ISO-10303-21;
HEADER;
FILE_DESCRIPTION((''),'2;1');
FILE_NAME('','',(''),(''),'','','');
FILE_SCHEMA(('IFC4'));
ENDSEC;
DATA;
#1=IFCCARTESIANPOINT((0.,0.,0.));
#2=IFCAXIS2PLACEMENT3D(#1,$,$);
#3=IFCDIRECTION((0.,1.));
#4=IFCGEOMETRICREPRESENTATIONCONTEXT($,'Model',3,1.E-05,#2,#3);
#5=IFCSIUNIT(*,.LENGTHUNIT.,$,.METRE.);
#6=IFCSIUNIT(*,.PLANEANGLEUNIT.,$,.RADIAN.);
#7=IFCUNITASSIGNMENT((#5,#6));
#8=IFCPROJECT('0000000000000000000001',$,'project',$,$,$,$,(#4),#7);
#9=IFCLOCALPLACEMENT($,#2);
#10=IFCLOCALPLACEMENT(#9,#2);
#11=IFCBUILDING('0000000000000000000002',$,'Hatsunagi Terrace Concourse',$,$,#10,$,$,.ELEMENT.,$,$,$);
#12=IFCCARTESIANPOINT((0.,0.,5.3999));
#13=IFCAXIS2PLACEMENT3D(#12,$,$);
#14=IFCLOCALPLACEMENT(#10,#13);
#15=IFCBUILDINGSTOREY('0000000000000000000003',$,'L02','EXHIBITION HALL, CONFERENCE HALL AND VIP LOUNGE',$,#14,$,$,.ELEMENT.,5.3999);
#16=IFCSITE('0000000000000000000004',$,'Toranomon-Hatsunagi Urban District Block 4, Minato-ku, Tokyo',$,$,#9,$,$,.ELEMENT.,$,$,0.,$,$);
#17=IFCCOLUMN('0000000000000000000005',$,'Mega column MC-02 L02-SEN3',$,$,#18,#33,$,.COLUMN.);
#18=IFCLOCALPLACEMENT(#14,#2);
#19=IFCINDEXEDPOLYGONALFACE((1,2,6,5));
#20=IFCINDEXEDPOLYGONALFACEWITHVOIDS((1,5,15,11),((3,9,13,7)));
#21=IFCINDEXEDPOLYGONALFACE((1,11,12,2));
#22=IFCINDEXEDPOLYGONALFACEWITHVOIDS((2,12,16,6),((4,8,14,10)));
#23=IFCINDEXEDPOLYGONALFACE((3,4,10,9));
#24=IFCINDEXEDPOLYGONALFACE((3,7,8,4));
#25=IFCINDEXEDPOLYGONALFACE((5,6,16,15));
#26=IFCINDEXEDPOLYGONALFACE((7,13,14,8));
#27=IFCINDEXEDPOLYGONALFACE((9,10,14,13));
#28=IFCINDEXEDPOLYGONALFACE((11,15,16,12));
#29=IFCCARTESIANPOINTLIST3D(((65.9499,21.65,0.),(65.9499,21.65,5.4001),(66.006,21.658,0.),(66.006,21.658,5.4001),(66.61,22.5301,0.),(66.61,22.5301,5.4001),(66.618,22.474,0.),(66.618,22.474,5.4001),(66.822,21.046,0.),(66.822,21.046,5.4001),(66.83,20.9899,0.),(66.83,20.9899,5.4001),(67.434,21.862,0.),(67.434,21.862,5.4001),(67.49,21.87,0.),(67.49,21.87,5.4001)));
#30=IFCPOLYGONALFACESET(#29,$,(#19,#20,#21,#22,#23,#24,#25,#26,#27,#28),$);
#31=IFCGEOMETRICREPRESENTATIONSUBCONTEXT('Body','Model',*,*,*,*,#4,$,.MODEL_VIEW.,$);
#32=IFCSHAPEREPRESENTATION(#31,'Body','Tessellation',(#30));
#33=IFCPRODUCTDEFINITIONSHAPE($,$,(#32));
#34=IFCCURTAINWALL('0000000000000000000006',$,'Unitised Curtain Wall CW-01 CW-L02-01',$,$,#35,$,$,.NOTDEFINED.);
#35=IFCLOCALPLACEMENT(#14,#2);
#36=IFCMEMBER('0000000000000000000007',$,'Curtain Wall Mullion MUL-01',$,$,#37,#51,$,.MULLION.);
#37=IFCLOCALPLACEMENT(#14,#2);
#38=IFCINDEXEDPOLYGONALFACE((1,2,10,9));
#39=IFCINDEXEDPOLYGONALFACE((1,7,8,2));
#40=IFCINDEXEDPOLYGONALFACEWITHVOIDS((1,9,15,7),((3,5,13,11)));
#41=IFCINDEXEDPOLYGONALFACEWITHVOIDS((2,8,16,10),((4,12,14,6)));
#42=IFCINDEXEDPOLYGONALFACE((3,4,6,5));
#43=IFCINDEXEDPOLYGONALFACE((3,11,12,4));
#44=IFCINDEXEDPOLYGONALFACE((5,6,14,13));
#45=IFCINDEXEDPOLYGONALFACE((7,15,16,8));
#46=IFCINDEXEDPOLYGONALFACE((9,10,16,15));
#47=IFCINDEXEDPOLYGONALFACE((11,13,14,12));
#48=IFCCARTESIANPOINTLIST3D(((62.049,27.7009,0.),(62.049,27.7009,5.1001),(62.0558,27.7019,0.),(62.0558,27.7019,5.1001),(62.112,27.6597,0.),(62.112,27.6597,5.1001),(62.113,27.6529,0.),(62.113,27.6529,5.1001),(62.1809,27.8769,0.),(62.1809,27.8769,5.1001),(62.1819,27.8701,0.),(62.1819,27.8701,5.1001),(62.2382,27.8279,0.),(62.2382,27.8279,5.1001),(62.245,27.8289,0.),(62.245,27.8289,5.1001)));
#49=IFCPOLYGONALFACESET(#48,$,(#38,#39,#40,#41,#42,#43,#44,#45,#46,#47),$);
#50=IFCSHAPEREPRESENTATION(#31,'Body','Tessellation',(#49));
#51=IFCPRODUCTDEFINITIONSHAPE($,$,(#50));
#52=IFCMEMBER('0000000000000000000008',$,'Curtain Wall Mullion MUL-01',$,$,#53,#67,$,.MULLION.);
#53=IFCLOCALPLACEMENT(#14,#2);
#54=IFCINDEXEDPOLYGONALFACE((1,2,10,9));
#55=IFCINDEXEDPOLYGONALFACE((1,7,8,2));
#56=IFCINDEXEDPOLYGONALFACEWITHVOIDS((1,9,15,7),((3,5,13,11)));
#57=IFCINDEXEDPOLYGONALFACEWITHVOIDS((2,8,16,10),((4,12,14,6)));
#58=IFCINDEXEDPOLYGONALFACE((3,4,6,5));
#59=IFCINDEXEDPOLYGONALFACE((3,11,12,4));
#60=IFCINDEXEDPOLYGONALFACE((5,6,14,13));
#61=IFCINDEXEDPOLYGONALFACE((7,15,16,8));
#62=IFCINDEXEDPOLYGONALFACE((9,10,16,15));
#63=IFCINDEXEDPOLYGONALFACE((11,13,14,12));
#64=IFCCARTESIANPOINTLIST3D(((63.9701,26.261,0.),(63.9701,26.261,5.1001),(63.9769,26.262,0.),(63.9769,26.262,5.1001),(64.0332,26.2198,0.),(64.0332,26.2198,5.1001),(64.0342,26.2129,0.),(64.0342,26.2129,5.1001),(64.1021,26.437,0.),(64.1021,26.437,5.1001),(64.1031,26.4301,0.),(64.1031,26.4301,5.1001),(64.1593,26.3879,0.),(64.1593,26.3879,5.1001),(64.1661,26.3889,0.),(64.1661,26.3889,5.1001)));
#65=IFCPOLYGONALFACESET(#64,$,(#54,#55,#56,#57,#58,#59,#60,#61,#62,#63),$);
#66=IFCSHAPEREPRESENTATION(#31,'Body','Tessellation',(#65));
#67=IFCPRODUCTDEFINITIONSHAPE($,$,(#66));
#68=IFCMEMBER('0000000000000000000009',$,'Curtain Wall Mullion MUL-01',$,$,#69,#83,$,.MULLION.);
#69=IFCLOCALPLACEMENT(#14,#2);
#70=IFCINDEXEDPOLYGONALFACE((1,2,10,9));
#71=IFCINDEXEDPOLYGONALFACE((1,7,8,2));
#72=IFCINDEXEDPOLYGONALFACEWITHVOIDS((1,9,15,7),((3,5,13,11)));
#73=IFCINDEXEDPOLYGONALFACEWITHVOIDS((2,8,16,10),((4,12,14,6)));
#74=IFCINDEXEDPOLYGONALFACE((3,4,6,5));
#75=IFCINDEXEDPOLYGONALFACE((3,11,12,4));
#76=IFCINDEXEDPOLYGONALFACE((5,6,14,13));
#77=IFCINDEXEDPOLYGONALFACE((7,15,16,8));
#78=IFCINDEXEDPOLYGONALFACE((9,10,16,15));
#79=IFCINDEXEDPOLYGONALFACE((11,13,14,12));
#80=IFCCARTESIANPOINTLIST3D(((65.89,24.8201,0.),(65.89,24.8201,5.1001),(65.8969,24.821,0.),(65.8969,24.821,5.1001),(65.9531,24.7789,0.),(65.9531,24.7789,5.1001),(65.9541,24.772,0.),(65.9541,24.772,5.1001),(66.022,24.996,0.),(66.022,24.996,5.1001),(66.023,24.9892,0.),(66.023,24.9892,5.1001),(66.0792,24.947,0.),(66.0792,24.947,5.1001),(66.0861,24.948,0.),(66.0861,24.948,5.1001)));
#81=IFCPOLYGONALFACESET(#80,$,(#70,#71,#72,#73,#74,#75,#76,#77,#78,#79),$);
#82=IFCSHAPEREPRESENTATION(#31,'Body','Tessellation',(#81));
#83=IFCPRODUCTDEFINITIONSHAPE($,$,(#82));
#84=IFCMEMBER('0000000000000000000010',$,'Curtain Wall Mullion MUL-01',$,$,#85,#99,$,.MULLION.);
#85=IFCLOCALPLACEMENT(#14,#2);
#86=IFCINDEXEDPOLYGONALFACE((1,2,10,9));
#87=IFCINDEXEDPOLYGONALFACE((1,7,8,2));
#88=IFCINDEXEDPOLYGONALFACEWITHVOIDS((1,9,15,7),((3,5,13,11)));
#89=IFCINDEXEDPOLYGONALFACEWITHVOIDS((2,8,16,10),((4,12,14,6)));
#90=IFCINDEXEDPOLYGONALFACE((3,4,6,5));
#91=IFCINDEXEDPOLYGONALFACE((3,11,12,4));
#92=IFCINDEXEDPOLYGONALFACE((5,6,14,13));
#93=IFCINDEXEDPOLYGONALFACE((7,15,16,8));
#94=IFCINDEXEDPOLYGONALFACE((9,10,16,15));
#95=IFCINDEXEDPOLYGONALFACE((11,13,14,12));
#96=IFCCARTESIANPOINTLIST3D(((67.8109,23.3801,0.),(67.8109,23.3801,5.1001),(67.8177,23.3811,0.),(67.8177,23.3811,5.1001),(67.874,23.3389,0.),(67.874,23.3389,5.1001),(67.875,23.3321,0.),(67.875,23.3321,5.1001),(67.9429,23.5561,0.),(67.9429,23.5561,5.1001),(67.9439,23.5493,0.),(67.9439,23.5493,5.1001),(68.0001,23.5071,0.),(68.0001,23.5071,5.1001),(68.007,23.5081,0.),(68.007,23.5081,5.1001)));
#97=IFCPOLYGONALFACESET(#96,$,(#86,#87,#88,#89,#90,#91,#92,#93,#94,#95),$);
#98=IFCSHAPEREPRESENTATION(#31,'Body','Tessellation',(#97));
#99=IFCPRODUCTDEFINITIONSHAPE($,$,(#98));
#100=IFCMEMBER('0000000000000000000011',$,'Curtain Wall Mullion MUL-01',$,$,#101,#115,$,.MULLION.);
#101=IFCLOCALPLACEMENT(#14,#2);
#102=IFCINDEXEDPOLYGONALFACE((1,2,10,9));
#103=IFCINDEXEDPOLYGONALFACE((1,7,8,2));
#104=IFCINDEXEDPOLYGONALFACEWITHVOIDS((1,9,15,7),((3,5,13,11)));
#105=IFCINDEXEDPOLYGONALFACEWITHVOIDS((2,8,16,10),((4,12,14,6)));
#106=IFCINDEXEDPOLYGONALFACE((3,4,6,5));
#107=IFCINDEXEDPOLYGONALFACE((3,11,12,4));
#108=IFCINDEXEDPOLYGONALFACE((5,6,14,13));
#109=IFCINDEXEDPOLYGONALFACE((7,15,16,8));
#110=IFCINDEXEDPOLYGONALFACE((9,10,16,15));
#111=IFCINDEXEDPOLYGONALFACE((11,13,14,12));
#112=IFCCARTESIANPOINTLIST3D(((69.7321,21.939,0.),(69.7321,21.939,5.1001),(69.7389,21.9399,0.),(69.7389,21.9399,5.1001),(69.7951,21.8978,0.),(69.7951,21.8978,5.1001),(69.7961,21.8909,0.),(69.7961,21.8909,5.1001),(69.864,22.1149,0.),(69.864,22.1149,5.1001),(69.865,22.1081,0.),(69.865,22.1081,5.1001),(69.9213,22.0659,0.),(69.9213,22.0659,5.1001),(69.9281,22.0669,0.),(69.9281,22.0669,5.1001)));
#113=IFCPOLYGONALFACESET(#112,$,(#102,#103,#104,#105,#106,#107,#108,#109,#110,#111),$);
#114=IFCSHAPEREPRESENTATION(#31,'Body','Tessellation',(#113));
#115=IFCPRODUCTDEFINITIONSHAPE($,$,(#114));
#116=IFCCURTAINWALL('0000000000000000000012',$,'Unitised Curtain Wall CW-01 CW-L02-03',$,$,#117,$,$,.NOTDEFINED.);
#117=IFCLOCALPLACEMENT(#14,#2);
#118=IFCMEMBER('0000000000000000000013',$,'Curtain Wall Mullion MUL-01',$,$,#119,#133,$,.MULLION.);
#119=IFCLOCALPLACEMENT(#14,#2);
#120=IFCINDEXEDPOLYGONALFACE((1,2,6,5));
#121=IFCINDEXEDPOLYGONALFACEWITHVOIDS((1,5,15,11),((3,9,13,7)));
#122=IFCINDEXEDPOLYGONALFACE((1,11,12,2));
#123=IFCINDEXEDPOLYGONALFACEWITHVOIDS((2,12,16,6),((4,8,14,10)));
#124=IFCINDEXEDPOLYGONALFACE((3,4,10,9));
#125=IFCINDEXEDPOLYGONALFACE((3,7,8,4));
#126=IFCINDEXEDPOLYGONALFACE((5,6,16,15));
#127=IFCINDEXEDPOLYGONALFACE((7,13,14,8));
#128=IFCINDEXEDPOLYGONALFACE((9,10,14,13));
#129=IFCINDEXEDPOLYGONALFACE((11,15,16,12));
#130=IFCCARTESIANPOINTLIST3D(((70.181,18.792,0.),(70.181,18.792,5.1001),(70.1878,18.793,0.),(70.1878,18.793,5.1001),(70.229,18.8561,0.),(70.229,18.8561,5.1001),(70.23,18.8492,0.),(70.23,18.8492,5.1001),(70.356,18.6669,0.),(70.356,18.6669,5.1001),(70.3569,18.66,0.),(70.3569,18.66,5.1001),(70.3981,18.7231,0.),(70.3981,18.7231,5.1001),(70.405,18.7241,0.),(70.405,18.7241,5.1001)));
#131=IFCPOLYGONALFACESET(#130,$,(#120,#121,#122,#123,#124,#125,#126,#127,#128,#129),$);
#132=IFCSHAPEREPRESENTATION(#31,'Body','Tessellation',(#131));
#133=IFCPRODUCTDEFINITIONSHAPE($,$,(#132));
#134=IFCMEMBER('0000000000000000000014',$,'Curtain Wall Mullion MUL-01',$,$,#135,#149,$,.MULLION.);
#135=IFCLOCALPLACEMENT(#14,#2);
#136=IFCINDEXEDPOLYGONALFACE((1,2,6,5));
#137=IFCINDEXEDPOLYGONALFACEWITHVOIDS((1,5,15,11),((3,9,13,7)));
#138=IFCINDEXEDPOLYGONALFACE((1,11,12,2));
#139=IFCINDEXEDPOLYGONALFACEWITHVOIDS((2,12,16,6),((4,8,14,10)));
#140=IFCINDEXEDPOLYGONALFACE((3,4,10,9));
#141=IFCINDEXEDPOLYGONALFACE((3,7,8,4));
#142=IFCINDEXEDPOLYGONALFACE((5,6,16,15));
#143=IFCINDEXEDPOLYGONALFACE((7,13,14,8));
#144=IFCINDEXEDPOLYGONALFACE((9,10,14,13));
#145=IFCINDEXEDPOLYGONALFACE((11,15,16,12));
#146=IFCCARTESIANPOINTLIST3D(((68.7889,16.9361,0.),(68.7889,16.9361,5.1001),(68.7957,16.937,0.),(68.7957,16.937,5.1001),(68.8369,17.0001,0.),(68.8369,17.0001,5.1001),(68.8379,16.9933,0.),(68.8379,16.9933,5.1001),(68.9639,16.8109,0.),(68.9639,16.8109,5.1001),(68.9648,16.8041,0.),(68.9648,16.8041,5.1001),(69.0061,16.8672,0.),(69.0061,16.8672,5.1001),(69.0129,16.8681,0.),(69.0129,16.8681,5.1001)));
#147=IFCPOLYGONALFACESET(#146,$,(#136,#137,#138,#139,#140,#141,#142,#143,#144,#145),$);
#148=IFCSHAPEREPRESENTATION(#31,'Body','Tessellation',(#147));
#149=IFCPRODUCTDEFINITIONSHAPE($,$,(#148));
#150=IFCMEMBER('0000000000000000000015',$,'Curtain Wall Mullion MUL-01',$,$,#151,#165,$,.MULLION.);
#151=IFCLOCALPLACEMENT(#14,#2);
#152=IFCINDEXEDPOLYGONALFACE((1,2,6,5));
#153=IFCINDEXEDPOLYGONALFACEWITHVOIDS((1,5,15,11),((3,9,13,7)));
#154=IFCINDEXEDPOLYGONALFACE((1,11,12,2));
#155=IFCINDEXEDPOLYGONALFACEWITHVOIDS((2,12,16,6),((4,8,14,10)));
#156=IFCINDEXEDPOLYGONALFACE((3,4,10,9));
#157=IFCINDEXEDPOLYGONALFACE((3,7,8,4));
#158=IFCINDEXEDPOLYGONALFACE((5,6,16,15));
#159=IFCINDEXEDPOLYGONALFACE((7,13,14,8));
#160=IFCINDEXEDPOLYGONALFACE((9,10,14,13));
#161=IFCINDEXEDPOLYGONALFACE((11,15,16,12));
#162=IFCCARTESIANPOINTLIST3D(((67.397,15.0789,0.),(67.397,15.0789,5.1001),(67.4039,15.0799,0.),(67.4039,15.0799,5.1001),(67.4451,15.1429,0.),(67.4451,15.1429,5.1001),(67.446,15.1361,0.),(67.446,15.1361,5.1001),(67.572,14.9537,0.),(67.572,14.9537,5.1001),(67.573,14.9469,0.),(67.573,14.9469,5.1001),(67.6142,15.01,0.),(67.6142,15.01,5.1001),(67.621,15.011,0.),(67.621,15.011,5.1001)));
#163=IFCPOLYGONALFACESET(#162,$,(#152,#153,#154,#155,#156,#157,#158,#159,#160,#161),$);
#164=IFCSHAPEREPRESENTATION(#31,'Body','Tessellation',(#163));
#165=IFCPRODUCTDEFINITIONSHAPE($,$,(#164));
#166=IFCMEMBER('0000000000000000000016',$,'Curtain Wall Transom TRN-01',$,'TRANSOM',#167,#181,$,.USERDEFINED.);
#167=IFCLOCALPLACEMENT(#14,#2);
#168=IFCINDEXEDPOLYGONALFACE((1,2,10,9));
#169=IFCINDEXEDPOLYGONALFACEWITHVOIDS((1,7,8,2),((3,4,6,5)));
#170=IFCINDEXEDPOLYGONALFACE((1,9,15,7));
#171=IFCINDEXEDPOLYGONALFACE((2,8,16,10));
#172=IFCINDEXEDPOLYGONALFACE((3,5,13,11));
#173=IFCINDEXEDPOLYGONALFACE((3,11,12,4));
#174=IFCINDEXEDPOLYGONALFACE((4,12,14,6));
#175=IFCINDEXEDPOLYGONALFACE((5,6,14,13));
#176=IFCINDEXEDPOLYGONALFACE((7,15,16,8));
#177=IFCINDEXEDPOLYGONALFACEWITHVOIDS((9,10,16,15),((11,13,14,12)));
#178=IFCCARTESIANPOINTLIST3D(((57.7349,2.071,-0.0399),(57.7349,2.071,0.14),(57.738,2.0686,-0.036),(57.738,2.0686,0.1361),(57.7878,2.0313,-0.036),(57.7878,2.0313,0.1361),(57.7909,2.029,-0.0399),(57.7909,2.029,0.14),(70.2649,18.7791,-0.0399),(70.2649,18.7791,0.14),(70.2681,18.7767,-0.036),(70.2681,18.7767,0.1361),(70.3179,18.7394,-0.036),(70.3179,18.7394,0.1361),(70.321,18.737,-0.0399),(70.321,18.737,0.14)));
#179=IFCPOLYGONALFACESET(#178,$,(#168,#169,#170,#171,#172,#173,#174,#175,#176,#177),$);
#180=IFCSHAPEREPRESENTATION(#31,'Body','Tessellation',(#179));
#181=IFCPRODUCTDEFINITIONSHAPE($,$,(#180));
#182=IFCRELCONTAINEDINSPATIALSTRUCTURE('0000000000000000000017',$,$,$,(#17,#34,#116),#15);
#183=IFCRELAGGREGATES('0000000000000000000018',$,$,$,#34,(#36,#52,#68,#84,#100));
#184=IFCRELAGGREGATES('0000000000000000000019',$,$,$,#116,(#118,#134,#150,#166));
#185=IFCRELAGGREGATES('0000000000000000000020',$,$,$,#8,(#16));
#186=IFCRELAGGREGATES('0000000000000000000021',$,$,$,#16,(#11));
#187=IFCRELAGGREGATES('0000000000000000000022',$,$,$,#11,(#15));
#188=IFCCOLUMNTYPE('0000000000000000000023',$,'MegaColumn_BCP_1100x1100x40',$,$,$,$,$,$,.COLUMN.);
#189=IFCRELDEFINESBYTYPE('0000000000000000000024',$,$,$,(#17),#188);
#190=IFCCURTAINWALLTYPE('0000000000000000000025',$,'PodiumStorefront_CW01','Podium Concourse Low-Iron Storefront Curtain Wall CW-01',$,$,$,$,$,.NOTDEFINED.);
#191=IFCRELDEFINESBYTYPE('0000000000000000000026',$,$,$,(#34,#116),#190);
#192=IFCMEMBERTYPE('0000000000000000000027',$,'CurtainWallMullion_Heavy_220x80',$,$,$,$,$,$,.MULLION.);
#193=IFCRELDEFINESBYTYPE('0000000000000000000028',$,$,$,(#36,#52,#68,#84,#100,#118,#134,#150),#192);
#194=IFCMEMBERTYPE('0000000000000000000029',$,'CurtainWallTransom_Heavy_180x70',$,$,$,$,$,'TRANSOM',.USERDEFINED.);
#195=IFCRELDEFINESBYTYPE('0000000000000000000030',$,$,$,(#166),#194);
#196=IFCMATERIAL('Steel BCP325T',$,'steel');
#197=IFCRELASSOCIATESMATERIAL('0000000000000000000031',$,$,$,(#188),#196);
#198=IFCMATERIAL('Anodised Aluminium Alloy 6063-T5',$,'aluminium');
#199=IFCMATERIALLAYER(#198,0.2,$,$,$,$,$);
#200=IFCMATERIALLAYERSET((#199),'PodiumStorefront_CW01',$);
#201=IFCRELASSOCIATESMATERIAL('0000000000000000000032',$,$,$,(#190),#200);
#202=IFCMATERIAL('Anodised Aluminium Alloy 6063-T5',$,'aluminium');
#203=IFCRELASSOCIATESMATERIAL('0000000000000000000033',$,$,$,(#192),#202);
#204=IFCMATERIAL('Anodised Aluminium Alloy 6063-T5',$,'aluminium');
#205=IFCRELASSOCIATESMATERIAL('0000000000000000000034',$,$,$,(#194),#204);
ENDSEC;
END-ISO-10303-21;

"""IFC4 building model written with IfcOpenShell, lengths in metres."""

from ifc_helpers import new_model, si_unit, direction, frame, origin, origin_2d, place, context, subcontext, project, spatial, hollow_rectangle, extrude, material, layer, layer_set, material_profile, profile_set, type_object, element, aggregate, save


model = new_model("IFC4")

# Units and contexts
model_context = context("Model", 3, precision=1e-05, world=origin(), true_north=direction((0.0, 1.0)))
body_context = subcontext(model_context, "Body", "Model", "MODEL_VIEW")
ifc_project = project(units=[si_unit("LENGTHUNIT", "METRE"), si_unit("PLANEANGLEUNIT", "RADIAN")], contexts=[model_context])

# Site, building, storey
site_placement = place(None, origin())
site = spatial("IfcSite", under=ifc_project, at=site_placement, Name="Toranomon-Hatsunagi Urban District Block 4, Minato-ku, Tokyo", CompositionType="ELEMENT", RefElevation=0.0)
building_placement = place(site_placement, origin())
building = spatial("IfcBuilding", under=site, at=building_placement, Name="Hatsunagi Terrace Concourse", CompositionType="ELEMENT")
storey_placement = place(building_placement, frame((0.0, 0.0, 5.3999)))
storey = spatial("IfcBuildingStorey", under=building, at=storey_placement, Name="L02", Description="EXHIBITION HALL, CONFERENCE HALL AND VIP LOUNGE", CompositionType="ELEMENT", Elevation=5.3999)

# Column
ifc_material_1 = material(Name="Steel BCP325T", Category="steel")
ifc_material_profile_1 = material_profile(ifc_material_1, hollow_rectangle(XDim=1.1001, YDim=1.1001, WallThickness=0.04, at=origin_2d()), Name="BCP-1100x1100x40")
ifc_profile_set_1 = profile_set([ifc_material_profile_1], Name="Steel BCP325T")
column_type = type_object("IfcColumnType", Name="MegaColumn_BCP_1100x1100x40", PredefinedType="COLUMN", material=ifc_profile_set_1)
column_placement = place(storey_placement, frame((66.72, 21.76, 0.0), z_axis=(0.0, 0.0, 1.0), x_axis=(0.8, -0.6, 0.0)))
element("IfcColumn", 1, at=column_placement, inside=storey, type_object=column_type, Name="Mega column MC-02 L02-SEN3", PredefinedType="COLUMN", context=body_context, shape_type="SweptSolid", body=[
    extrude(hollow_rectangle(XDim=1.1001, YDim=1.1001, WallThickness=0.04, at=origin_2d()), origin(), (0.0, 0.0, 1.0), 5.4001),
])

# Curtain walls, members
ifc_material_2 = material(Name="Anodised Aluminium Alloy 6063-T5", Category="aluminium")
ifc_layer_1 = layer(ifc_material_2, 0.2)
ifc_layer_set_1 = layer_set([ifc_layer_1], Name="PodiumStorefront_CW01")
curtain_wall_type = type_object("IfcCurtainWallType", Name="PodiumStorefront_CW01", Description="Podium Concourse Low-Iron Storefront Curtain Wall CW-01", PredefinedType="NOTDEFINED", material=ifc_layer_set_1)
curtain_wall_1_placement = place(storey_placement, origin())
curtain_wall_1 = element("IfcCurtainWall", 2, at=curtain_wall_1_placement, inside=storey, type_object=curtain_wall_type, Name="Unitised Curtain Wall CW-01 CW-L02-01", PredefinedType="NOTDEFINED")
ifc_material_3 = material(Name="Anodised Aluminium Alloy 6063-T5", Category="aluminium")
ifc_material_profile_2 = material_profile(ifc_material_3, hollow_rectangle(XDim=0.0801, YDim=0.22, WallThickness=0.0049, at=origin_2d()), Name="ALU-MUL-220x80x5")
ifc_profile_set_2 = profile_set([ifc_material_profile_2], Name="Anodised Aluminium Alloy 6063-T5")
member_type_1 = type_object("IfcMemberType", Name="CurtainWallMullion_Heavy_220x80", PredefinedType="MULLION", material=ifc_profile_set_2)
member_1_placement = place(storey_placement, frame((62.147, 27.7649, 0.0), z_axis=(0.0, 0.0, 1.0), x_axis=(0.800007, -0.59999, 0.0)))
member_1 = element("IfcMember", 3, at=member_1_placement, type_object=member_type_1, Name="Curtain Wall Mullion MUL-01", PredefinedType="MULLION", context=body_context, shape_type="SweptSolid", body=[
    extrude(hollow_rectangle(XDim=0.0801, YDim=0.22, WallThickness=0.0049, at=origin_2d()), origin(), (0.0, 0.0, 1.0), 5.1001),
])
member_2_placement = place(storey_placement, frame((64.0681, 26.325, 0.0), z_axis=(0.0, 0.0, 1.0), x_axis=(0.800007, -0.59999, 0.0)))
member_2 = element("IfcMember", 4, at=member_2_placement, type_object=member_type_1, Name="Curtain Wall Mullion MUL-01", PredefinedType="MULLION", context=body_context, shape_type="SweptSolid", body=[
    extrude(hollow_rectangle(XDim=0.0801, YDim=0.22, WallThickness=0.0049, at=origin_2d()), origin(), (0.0, 0.0, 1.0), 5.1001),
])
member_3_placement = place(storey_placement, frame((65.988, 24.884, 0.0), z_axis=(0.0, 0.0, 1.0), x_axis=(0.800007, -0.59999, 0.0)))
member_3 = element("IfcMember", 5, at=member_3_placement, type_object=member_type_1, Name="Curtain Wall Mullion MUL-01", PredefinedType="MULLION", context=body_context, shape_type="SweptSolid", body=[
    extrude(hollow_rectangle(XDim=0.0801, YDim=0.22, WallThickness=0.0049, at=origin_2d()), origin(), (0.0, 0.0, 1.0), 5.1001),
])
member_4_placement = place(storey_placement, frame((67.9089, 23.4441, 0.0), z_axis=(0.0, 0.0, 1.0), x_axis=(0.800007, -0.59999, 0.0)))
member_4 = element("IfcMember", 6, at=member_4_placement, type_object=member_type_1, Name="Curtain Wall Mullion MUL-01", PredefinedType="MULLION", context=body_context, shape_type="SweptSolid", body=[
    extrude(hollow_rectangle(XDim=0.0801, YDim=0.22, WallThickness=0.0049, at=origin_2d()), origin(), (0.0, 0.0, 1.0), 5.1001),
])
member_5_placement = place(storey_placement, frame((69.8301, 22.0029, 0.0), z_axis=(0.0, 0.0, 1.0), x_axis=(0.800007, -0.59999, 0.0)))
member_5 = element("IfcMember", 7, at=member_5_placement, type_object=member_type_1, Name="Curtain Wall Mullion MUL-01", PredefinedType="MULLION", context=body_context, shape_type="SweptSolid", body=[
    extrude(hollow_rectangle(XDim=0.0801, YDim=0.22, WallThickness=0.0049, at=origin_2d()), origin(), (0.0, 0.0, 1.0), 5.1001),
])
curtain_wall_2_placement = place(storey_placement, origin())
curtain_wall_2 = element("IfcCurtainWall", 8, at=curtain_wall_2_placement, inside=storey, type_object=curtain_wall_type, Name="Unitised Curtain Wall CW-01 CW-L02-03", PredefinedType="NOTDEFINED")
member_6_placement = place(storey_placement, frame((70.293, 18.7581, 0.0), z_axis=(0.0, 0.0, 1.0), x_axis=(-0.599969, -0.800023, 0.0)))
member_6 = element("IfcMember", 9, at=member_6_placement, type_object=member_type_1, Name="Curtain Wall Mullion MUL-01", PredefinedType="MULLION", context=body_context, shape_type="SweptSolid", body=[
    extrude(hollow_rectangle(XDim=0.0801, YDim=0.22, WallThickness=0.0049, at=origin_2d()), origin(), (0.0, 0.0, 1.0), 5.1001),
])
member_7_placement = place(storey_placement, frame((68.9009, 16.9021, 0.0), z_axis=(0.0, 0.0, 1.0), x_axis=(-0.599969, -0.800023, 0.0)))
member_7 = element("IfcMember", 10, at=member_7_placement, type_object=member_type_1, Name="Curtain Wall Mullion MUL-01", PredefinedType="MULLION", context=body_context, shape_type="SweptSolid", body=[
    extrude(hollow_rectangle(XDim=0.0801, YDim=0.22, WallThickness=0.0049, at=origin_2d()), origin(), (0.0, 0.0, 1.0), 5.1001),
])
member_8_placement = place(storey_placement, frame((67.509, 15.0449, 0.0), z_axis=(0.0, 0.0, 1.0), x_axis=(-0.599969, -0.800023, 0.0)))
member_8 = element("IfcMember", 11, at=member_8_placement, type_object=member_type_1, Name="Curtain Wall Mullion MUL-01", PredefinedType="MULLION", context=body_context, shape_type="SweptSolid", body=[
    extrude(hollow_rectangle(XDim=0.0801, YDim=0.22, WallThickness=0.0049, at=origin_2d()), origin(), (0.0, 0.0, 1.0), 5.1001),
])
ifc_material_4 = material(Name="Anodised Aluminium Alloy 6063-T5", Category="aluminium")
ifc_material_profile_3 = material_profile(ifc_material_4, hollow_rectangle(XDim=0.0701, YDim=0.1799, WallThickness=0.0039, at=origin_2d()), Name="ALU-TRN-180x70x4")
ifc_profile_set_3 = profile_set([ifc_material_profile_3], Name="Anodised Aluminium Alloy 6063-T5")
member_type_2 = type_object("IfcMemberType", Name="CurtainWallTransom_Heavy_180x70", ElementType="TRANSOM", PredefinedType="USERDEFINED", material=ifc_profile_set_3)
member_9_placement = place(storey_placement, frame((70.293, 18.7581, 0.05), z_axis=(-0.59997, -0.800022, 0.0), x_axis=(0.800022, -0.59997, 0.0)))
member_9 = element("IfcMember", 12, at=member_9_placement, type_object=member_type_2, Name="Curtain Wall Transom TRN-01", ObjectType="TRANSOM", PredefinedType="USERDEFINED", context=body_context, shape_type="SweptSolid", body=[
    extrude(hollow_rectangle(XDim=0.0701, YDim=0.1799, WallThickness=0.0039, at=origin_2d()), origin(), (0.0, 0.0, 1.0), 20.8845),
])

aggregate(curtain_wall_1, [member_1, member_2, member_3, member_4, member_5])
aggregate(curtain_wall_2, [member_6, member_7, member_8, member_9])

save(model, "model.ifc")
